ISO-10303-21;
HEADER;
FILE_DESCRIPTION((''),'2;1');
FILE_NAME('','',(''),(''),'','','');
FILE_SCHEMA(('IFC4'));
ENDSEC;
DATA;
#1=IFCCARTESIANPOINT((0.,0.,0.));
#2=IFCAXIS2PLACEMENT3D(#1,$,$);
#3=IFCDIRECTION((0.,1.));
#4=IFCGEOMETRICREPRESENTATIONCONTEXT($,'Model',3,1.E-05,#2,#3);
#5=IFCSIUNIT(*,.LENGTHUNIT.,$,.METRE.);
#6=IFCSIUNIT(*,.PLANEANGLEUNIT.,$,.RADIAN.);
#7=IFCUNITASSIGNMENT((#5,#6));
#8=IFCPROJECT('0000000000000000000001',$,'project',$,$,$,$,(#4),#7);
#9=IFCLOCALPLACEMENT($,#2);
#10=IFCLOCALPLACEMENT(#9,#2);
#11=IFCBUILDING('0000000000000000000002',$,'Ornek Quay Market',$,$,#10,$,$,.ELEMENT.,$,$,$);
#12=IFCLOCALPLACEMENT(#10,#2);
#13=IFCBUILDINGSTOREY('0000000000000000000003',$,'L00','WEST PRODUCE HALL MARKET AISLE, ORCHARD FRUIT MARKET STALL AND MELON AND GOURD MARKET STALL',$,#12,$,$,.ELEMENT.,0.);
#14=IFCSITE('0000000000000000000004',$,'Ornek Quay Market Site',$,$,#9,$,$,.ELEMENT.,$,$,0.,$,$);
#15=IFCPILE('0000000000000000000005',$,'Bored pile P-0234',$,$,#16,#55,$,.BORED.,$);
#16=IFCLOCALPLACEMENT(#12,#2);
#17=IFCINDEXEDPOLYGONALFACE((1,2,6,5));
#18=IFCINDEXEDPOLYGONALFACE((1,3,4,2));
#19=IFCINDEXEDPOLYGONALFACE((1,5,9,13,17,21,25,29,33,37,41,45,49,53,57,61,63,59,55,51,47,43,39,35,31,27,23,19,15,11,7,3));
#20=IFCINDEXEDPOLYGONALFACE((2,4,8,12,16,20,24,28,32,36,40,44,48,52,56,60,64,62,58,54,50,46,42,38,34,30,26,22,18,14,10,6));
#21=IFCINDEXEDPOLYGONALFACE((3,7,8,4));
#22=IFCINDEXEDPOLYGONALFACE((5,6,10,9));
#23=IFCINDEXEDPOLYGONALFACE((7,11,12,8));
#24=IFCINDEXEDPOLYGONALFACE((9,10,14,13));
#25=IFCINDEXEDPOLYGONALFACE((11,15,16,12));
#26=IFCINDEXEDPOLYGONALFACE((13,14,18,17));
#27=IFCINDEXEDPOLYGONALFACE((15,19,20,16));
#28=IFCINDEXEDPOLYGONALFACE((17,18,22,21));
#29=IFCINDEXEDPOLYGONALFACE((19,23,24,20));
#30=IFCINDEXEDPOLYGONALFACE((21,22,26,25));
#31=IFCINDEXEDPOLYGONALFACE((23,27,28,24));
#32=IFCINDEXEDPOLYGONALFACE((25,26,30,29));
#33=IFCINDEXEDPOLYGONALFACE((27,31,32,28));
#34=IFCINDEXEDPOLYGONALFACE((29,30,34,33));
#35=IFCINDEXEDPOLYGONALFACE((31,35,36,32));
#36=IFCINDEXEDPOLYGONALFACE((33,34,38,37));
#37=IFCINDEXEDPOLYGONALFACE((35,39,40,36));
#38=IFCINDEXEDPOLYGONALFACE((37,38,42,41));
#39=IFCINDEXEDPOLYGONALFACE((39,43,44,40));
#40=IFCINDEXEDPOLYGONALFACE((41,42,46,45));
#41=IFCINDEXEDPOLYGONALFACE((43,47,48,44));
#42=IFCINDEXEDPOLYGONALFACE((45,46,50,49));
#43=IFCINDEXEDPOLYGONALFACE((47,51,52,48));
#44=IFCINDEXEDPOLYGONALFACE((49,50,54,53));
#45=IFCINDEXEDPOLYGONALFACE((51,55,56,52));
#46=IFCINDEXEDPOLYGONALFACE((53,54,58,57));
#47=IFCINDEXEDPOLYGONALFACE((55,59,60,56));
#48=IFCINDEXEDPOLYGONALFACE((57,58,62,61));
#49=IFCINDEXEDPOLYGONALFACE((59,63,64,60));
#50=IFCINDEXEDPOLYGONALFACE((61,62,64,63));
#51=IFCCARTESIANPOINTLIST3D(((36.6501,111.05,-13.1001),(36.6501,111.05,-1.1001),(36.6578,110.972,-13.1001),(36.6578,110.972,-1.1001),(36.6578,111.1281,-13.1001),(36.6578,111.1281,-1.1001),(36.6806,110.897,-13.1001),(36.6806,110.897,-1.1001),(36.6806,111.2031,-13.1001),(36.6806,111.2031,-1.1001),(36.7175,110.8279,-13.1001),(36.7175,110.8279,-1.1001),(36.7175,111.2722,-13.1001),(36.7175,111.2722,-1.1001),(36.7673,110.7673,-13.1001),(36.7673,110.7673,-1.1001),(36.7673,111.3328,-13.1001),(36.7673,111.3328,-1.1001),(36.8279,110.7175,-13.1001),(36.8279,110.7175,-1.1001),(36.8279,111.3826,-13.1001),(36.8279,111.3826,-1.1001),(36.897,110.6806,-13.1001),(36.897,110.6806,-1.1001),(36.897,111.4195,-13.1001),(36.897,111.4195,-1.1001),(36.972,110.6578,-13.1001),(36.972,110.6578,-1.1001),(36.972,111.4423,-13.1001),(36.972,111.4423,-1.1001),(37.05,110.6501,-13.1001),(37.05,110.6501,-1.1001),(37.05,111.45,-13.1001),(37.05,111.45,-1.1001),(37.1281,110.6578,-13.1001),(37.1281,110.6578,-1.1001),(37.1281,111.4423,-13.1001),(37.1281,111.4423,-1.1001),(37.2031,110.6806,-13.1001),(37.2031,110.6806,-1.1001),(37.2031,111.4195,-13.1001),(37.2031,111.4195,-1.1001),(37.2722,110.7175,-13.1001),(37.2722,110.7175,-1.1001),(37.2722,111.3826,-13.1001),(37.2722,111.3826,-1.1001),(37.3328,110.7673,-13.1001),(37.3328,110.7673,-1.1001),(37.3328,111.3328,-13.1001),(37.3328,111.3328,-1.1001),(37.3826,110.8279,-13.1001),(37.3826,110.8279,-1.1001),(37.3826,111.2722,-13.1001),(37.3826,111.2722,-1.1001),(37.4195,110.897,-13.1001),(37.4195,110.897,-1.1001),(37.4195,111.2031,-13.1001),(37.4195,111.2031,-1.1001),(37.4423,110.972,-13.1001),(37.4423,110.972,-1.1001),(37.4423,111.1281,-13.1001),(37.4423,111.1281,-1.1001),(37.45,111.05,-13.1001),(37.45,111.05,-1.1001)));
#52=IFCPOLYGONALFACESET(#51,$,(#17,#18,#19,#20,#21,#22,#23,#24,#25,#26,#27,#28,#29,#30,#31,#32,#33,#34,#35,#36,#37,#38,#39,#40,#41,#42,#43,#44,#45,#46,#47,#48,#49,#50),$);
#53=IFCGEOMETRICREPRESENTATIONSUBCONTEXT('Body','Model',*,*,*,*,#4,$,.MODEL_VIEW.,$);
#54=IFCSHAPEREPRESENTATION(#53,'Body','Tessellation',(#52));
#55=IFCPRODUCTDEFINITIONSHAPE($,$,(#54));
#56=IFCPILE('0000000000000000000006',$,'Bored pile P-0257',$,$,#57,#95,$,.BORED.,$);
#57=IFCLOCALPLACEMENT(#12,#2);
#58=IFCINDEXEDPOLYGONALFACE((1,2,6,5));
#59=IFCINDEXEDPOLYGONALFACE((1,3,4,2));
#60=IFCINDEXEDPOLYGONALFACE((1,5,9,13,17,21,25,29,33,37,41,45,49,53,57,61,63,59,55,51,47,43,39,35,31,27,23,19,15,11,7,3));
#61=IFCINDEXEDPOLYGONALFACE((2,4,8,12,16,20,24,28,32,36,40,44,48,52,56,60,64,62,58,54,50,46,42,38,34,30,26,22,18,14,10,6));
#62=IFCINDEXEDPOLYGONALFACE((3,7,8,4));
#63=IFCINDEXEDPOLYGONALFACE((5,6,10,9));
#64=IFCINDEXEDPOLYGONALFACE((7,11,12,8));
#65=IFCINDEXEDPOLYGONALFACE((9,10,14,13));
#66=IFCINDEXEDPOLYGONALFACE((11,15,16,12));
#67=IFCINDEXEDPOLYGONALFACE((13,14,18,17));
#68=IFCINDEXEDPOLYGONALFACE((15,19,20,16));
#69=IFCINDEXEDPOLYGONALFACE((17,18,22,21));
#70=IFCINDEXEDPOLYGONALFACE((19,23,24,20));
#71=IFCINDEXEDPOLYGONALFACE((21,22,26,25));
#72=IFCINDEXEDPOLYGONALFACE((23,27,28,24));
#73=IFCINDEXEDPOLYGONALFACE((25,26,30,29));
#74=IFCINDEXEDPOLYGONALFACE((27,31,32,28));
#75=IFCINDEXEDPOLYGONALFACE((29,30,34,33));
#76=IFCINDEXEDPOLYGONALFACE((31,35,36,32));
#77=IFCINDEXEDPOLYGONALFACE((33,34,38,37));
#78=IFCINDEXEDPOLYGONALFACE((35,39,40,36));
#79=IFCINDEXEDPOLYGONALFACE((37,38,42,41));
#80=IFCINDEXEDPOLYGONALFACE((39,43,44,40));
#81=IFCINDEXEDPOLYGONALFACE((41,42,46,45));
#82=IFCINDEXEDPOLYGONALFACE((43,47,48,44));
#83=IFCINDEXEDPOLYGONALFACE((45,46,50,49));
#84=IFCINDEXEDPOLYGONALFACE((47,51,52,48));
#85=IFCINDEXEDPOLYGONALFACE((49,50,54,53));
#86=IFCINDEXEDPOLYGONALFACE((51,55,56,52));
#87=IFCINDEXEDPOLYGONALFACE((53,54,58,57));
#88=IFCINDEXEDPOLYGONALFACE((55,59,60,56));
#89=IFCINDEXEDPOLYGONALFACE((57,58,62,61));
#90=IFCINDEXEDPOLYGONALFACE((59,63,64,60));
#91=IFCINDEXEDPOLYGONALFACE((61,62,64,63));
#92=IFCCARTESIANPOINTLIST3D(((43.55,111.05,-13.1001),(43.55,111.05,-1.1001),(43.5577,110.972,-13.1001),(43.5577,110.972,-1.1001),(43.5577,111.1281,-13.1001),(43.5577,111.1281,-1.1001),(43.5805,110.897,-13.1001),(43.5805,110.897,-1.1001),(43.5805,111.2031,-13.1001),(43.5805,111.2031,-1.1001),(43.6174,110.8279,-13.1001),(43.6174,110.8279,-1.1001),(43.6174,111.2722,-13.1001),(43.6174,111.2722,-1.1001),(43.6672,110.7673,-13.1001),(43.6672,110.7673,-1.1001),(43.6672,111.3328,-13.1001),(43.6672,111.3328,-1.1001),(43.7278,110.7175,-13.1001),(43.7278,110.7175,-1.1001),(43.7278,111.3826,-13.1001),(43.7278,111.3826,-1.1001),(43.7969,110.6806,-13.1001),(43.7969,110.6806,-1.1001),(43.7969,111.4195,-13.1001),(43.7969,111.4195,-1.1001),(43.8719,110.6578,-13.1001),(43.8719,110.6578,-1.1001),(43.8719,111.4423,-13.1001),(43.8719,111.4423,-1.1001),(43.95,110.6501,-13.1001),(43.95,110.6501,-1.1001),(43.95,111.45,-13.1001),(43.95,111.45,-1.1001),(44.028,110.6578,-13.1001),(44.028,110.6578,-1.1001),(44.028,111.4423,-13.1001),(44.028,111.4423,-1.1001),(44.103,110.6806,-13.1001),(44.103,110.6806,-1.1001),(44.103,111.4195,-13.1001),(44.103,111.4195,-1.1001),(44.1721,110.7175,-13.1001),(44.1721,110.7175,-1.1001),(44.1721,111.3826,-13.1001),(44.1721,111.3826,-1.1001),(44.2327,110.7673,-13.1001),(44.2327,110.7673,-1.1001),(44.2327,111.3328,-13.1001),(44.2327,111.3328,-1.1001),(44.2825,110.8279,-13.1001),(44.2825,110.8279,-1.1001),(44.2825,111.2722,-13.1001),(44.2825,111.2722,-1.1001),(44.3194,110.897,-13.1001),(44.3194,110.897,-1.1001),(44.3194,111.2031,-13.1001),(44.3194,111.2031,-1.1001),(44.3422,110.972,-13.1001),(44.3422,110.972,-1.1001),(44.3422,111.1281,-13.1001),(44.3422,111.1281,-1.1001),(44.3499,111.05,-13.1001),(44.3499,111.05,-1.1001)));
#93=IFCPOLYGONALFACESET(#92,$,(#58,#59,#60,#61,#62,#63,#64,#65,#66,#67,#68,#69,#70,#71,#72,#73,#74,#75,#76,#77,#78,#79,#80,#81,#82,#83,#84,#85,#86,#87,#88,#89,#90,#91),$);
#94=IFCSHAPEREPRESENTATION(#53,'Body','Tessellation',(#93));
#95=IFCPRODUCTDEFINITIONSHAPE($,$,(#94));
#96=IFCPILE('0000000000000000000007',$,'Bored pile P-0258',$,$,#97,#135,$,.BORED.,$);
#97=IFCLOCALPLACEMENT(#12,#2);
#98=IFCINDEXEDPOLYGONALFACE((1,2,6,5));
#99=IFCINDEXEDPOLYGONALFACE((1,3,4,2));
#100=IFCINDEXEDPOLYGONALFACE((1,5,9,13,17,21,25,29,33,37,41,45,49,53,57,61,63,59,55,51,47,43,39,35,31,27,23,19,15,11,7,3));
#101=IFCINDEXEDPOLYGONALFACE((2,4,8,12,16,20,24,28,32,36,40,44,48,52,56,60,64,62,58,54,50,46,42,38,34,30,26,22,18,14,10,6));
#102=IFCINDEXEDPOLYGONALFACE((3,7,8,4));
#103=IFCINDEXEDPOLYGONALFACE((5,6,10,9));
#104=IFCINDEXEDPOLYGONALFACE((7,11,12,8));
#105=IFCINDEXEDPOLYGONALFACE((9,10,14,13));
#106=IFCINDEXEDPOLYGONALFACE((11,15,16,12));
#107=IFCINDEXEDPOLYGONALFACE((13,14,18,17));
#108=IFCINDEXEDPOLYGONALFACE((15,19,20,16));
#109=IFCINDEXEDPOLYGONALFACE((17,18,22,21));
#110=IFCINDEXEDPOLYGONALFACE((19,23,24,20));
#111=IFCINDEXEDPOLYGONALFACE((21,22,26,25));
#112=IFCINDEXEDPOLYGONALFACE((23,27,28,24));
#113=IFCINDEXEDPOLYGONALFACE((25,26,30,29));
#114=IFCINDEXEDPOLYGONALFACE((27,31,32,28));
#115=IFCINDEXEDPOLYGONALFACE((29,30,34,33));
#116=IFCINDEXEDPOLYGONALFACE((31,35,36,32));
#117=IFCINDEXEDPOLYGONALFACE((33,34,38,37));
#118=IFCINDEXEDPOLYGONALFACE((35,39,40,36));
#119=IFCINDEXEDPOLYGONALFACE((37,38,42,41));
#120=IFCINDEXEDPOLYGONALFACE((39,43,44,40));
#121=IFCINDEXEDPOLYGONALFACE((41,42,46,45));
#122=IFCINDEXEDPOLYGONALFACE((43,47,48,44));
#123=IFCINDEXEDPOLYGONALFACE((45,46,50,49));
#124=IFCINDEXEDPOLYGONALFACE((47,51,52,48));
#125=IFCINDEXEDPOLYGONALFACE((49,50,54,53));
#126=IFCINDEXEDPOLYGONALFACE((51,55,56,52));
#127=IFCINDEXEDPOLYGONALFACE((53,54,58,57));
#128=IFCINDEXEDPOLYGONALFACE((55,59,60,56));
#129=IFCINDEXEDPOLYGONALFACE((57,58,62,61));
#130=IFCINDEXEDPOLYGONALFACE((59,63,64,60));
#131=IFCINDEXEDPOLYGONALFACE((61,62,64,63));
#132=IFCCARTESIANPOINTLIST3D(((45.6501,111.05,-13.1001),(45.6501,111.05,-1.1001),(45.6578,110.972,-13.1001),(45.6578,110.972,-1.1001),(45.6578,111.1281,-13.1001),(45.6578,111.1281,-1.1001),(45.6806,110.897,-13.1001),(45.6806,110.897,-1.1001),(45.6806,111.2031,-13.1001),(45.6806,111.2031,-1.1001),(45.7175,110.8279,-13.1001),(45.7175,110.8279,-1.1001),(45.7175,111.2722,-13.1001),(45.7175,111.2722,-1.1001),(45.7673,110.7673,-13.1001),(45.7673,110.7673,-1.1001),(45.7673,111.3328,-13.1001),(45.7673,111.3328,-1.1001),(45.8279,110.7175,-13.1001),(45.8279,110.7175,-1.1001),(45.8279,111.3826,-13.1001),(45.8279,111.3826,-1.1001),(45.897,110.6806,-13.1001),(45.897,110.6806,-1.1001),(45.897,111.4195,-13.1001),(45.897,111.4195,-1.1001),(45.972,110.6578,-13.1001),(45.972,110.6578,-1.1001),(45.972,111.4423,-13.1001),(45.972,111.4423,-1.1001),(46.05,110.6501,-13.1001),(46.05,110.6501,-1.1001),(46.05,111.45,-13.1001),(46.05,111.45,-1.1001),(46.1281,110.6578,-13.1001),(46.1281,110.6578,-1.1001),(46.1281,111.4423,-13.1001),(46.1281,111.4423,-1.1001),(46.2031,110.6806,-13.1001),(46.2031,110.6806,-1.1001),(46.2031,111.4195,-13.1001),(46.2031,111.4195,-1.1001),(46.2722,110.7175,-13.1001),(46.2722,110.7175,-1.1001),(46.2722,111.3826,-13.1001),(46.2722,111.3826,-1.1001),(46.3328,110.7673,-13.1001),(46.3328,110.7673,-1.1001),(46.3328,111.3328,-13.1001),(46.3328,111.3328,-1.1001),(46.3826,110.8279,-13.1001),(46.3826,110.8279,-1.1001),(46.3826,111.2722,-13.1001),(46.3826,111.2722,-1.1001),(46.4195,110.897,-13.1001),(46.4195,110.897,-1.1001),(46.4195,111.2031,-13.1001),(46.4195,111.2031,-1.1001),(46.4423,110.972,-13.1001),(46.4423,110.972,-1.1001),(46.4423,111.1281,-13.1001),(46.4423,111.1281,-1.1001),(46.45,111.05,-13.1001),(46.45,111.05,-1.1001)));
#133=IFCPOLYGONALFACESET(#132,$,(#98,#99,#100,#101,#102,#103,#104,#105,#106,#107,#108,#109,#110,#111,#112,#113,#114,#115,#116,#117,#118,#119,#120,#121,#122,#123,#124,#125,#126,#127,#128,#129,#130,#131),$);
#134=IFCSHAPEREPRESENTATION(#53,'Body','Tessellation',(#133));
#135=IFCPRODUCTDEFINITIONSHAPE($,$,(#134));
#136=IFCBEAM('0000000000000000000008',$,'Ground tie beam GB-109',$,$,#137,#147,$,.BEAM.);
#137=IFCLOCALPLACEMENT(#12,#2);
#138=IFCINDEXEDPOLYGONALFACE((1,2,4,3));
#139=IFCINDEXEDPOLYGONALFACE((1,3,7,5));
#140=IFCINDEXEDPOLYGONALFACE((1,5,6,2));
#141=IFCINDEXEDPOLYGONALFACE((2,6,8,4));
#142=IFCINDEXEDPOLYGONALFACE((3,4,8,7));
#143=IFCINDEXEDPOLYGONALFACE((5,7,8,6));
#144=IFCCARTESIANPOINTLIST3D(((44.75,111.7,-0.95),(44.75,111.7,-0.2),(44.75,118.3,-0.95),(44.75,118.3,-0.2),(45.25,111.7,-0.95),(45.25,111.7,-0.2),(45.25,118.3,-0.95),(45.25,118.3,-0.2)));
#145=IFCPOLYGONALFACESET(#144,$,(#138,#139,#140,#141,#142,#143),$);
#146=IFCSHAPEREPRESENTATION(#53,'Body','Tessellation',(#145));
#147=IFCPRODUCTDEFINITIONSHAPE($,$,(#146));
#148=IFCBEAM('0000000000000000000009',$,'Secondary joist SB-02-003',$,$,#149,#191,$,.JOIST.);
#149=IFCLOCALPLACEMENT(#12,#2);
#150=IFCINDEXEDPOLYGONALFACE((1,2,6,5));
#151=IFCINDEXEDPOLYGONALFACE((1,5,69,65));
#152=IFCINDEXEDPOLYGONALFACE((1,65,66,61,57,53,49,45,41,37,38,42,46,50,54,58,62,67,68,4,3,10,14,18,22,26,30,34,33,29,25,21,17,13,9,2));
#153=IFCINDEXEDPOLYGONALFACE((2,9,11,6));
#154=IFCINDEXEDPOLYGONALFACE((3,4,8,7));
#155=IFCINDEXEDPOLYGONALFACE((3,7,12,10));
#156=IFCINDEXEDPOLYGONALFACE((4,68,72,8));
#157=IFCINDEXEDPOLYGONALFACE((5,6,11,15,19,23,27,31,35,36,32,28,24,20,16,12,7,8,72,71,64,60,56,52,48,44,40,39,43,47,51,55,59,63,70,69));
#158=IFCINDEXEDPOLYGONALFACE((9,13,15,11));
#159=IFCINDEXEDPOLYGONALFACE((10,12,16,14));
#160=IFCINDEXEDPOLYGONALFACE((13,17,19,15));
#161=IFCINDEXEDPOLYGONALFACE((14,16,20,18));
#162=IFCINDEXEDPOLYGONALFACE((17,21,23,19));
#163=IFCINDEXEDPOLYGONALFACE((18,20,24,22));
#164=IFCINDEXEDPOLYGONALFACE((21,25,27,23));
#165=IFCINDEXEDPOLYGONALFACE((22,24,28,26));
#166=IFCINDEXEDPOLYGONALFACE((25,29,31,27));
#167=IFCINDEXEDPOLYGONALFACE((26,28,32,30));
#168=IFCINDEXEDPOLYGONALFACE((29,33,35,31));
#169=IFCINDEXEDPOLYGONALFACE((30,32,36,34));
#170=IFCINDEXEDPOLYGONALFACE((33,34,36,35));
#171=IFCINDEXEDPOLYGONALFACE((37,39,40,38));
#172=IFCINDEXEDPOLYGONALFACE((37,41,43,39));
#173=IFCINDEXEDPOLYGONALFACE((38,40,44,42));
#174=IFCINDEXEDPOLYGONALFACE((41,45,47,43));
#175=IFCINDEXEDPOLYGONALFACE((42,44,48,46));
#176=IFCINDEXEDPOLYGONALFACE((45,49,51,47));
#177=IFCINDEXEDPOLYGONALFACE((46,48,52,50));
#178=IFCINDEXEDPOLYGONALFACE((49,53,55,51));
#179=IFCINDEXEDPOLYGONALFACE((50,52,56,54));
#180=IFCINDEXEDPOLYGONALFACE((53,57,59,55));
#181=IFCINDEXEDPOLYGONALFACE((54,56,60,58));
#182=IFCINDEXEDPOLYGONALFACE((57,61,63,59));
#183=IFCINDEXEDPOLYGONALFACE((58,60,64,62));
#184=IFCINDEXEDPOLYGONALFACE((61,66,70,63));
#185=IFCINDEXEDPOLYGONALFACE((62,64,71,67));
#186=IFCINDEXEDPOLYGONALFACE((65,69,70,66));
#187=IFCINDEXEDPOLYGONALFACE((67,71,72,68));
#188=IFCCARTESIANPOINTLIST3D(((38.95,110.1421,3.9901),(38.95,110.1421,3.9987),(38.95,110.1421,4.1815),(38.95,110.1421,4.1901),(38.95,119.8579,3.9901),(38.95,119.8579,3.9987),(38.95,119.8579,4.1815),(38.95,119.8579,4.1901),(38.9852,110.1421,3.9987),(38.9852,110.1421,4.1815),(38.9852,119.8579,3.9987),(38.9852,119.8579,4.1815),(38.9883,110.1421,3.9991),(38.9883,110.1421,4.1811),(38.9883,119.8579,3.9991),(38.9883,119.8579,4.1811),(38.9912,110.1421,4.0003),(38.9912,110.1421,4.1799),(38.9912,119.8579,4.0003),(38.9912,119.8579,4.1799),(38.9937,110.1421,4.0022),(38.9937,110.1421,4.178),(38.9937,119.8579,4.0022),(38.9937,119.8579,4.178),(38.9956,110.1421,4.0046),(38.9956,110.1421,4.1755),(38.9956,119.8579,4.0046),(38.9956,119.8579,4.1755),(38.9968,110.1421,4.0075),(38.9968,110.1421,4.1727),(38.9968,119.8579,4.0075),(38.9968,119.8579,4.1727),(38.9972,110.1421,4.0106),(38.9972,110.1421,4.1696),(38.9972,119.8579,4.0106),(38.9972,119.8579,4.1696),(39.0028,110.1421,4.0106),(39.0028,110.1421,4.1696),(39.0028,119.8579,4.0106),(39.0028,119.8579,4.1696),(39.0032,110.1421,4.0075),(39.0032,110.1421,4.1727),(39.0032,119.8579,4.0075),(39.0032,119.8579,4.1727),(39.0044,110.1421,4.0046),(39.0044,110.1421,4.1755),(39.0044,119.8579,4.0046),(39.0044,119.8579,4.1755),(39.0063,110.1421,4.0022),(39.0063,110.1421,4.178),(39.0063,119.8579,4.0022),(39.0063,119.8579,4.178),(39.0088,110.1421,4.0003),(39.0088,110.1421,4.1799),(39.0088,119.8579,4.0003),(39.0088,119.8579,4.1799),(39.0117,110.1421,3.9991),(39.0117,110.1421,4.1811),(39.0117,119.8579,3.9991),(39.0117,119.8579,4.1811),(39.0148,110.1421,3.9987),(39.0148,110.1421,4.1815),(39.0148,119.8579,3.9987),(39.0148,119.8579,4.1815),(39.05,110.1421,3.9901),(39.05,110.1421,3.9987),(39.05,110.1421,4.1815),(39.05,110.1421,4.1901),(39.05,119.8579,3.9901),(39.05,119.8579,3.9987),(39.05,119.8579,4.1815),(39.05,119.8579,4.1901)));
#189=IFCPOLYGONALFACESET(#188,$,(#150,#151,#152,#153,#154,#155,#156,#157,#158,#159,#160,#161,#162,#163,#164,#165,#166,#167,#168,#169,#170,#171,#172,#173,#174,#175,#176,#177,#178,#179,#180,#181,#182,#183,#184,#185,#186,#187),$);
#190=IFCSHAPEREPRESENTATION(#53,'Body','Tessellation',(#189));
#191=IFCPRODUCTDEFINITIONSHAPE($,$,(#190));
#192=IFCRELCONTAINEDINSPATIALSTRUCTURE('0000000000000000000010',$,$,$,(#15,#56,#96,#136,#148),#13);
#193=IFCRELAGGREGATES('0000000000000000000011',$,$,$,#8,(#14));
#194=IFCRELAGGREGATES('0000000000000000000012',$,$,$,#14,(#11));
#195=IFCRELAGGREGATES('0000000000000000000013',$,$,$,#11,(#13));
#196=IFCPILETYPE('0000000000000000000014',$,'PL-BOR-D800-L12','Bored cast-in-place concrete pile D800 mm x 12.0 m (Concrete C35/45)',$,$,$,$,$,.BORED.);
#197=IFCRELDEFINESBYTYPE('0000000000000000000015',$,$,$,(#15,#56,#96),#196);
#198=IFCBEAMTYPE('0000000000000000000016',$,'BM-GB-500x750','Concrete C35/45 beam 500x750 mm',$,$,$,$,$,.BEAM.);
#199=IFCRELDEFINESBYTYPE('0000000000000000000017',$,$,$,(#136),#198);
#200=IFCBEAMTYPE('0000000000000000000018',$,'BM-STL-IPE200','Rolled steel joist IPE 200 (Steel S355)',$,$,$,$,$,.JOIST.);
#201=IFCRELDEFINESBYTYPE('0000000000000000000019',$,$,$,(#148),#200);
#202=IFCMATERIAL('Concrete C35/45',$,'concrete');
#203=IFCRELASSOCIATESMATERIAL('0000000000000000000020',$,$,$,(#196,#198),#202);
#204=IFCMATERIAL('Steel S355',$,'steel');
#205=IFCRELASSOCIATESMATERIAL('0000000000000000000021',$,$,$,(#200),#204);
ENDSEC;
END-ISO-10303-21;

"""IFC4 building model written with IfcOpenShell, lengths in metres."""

from ifc_helpers import new_model, si_unit, direction, frame, origin, origin_2d, place, context, subcontext, project, spatial, rectangle, circle, i_section, extrude, material, material_profile, profile_set, type_object, element, save


model = new_model("IFC4")

# Units and contexts
model_context = context("Model", 3, precision=1e-05, world=origin(), true_north=direction((0.0, 1.0)))
body_context = subcontext(model_context, "Body", "Model", "MODEL_VIEW")
ifc_project = project(units=[si_unit("LENGTHUNIT", "METRE"), si_unit("PLANEANGLEUNIT", "RADIAN")], contexts=[model_context])

# Site, building, storey
site_placement = place(None, origin())
site = spatial("IfcSite", under=ifc_project, at=site_placement, Name="Ornek Quay Market Site", CompositionType="ELEMENT", RefElevation=0.0)
building_placement = place(site_placement, origin())
building = spatial("IfcBuilding", under=site, at=building_placement, Name="Ornek Quay Market", CompositionType="ELEMENT")
storey_placement = place(building_placement, origin())
storey = spatial("IfcBuildingStorey", under=building, at=storey_placement, Name="L00", Description="WEST PRODUCE HALL MARKET AISLE, ORCHARD FRUIT MARKET STALL AND MELON AND GOURD MARKET STALL", CompositionType="ELEMENT", Elevation=0.0)

# Piles
ifc_material_1 = material(Name="Concrete C35/45", Category="concrete")
ifc_material_profile_1 = material_profile(ifc_material_1, circle(Radius=0.3999, at=origin_2d()), Name="PILE D800", Category="concrete")
ifc_profile_set_1 = profile_set([ifc_material_profile_1], Name="Concrete C35/45")
pile_type = type_object("IfcPileType", Name="PL-BOR-D800-L12", Description="Bored cast-in-place concrete pile D800 mm x 12.0 m (Concrete C35/45)", PredefinedType="BORED", material=ifc_profile_set_1)
for number, where, z_axis, x_axis, name in (
    (1, (37.05, 111.05, -1.1001), (0.0, 0.0, -1.0), (1.0, 0.0, 0.0), "Bored pile P-0234"),
    (2, (43.95, 111.05, -1.1001), (0.0, 0.0, -1.0), (1.0, 0.0, 0.0), "Bored pile P-0257"),
    (3, (46.05, 111.05, -1.1001), (0.0, 0.0, -1.0), (1.0, 0.0, 0.0), "Bored pile P-0258"),
):
    element("IfcPile", number, at=place(storey_placement, frame(where, z_axis=z_axis, x_axis=x_axis)), inside=storey, type_object=pile_type, Name=name, PredefinedType="BORED", context=body_context, shape_type="SweptSolid", body=[
        extrude(circle(Radius=0.3999, at=origin_2d()), origin(), (0.0, 0.0, 1.0), 12.0),
    ])

# Beams
ifc_material_profile_2 = material_profile(ifc_material_1, rectangle(XDim=0.5, YDim=0.75, at=origin_2d()), Name="RC 500x750", Category="concrete")
ifc_profile_set_2 = profile_set([ifc_material_profile_2], Name="Concrete C35/45")
beam_type_1 = type_object("IfcBeamType", Name="BM-GB-500x750", Description="Concrete C35/45 beam 500x750 mm", PredefinedType="BEAM", material=ifc_profile_set_2)
beam_placement = place(storey_placement, frame((45.0, 111.7, -0.575), z_axis=(0.0, 1.0, 0.0), x_axis=(-1.0, 0.0, 0.0)))
element("IfcBeam", 4, at=beam_placement, inside=storey, type_object=beam_type_1, Name="Ground tie beam GB-109", PredefinedType="BEAM", context=body_context, shape_type="SweptSolid", body=[
    extrude(rectangle(XDim=0.5, YDim=0.75, at=origin_2d()), origin(), (0.0, 0.0, 1.0), 6.6001),
])
ifc_material_2 = material(Name="Steel S355", Category="steel")
ifc_material_profile_3 = material_profile(ifc_material_2, i_section(OverallWidth=0.1001, OverallDepth=0.2, WebThickness=0.0056, FlangeThickness=0.0085, FilletRadius=0.012, at=origin_2d()), Name="IPE 200", Category="steel")
ifc_profile_set_3 = profile_set([ifc_material_profile_3], Name="Steel S355")
beam_type_2 = type_object("IfcBeamType", Name="BM-STL-IPE200", Description="Rolled steel joist IPE 200 (Steel S355)", PredefinedType="JOIST", material=ifc_profile_set_3)
for number, where, z_axis, x_axis, name in (
    (5, (39.0, 110.1421, 4.0901), (0.0, 1.0, 0.0), (-1.0, 0.0, 0.0), "Secondary joist SB-02-003"),
):
    element("IfcBeam", number, at=place(storey_placement, frame(where, z_axis=z_axis, x_axis=x_axis)), inside=storey, type_object=beam_type_2, Name=name, PredefinedType="JOIST", context=body_context, shape_type="SweptSolid", body=[
        extrude(i_section(OverallWidth=0.1001, OverallDepth=0.2, WebThickness=0.0056, FlangeThickness=0.0085, FilletRadius=0.012, at=origin_2d()), origin(), (0.0, 0.0, 1.0), 9.7158),
    ])

save(model, "model.ifc")
